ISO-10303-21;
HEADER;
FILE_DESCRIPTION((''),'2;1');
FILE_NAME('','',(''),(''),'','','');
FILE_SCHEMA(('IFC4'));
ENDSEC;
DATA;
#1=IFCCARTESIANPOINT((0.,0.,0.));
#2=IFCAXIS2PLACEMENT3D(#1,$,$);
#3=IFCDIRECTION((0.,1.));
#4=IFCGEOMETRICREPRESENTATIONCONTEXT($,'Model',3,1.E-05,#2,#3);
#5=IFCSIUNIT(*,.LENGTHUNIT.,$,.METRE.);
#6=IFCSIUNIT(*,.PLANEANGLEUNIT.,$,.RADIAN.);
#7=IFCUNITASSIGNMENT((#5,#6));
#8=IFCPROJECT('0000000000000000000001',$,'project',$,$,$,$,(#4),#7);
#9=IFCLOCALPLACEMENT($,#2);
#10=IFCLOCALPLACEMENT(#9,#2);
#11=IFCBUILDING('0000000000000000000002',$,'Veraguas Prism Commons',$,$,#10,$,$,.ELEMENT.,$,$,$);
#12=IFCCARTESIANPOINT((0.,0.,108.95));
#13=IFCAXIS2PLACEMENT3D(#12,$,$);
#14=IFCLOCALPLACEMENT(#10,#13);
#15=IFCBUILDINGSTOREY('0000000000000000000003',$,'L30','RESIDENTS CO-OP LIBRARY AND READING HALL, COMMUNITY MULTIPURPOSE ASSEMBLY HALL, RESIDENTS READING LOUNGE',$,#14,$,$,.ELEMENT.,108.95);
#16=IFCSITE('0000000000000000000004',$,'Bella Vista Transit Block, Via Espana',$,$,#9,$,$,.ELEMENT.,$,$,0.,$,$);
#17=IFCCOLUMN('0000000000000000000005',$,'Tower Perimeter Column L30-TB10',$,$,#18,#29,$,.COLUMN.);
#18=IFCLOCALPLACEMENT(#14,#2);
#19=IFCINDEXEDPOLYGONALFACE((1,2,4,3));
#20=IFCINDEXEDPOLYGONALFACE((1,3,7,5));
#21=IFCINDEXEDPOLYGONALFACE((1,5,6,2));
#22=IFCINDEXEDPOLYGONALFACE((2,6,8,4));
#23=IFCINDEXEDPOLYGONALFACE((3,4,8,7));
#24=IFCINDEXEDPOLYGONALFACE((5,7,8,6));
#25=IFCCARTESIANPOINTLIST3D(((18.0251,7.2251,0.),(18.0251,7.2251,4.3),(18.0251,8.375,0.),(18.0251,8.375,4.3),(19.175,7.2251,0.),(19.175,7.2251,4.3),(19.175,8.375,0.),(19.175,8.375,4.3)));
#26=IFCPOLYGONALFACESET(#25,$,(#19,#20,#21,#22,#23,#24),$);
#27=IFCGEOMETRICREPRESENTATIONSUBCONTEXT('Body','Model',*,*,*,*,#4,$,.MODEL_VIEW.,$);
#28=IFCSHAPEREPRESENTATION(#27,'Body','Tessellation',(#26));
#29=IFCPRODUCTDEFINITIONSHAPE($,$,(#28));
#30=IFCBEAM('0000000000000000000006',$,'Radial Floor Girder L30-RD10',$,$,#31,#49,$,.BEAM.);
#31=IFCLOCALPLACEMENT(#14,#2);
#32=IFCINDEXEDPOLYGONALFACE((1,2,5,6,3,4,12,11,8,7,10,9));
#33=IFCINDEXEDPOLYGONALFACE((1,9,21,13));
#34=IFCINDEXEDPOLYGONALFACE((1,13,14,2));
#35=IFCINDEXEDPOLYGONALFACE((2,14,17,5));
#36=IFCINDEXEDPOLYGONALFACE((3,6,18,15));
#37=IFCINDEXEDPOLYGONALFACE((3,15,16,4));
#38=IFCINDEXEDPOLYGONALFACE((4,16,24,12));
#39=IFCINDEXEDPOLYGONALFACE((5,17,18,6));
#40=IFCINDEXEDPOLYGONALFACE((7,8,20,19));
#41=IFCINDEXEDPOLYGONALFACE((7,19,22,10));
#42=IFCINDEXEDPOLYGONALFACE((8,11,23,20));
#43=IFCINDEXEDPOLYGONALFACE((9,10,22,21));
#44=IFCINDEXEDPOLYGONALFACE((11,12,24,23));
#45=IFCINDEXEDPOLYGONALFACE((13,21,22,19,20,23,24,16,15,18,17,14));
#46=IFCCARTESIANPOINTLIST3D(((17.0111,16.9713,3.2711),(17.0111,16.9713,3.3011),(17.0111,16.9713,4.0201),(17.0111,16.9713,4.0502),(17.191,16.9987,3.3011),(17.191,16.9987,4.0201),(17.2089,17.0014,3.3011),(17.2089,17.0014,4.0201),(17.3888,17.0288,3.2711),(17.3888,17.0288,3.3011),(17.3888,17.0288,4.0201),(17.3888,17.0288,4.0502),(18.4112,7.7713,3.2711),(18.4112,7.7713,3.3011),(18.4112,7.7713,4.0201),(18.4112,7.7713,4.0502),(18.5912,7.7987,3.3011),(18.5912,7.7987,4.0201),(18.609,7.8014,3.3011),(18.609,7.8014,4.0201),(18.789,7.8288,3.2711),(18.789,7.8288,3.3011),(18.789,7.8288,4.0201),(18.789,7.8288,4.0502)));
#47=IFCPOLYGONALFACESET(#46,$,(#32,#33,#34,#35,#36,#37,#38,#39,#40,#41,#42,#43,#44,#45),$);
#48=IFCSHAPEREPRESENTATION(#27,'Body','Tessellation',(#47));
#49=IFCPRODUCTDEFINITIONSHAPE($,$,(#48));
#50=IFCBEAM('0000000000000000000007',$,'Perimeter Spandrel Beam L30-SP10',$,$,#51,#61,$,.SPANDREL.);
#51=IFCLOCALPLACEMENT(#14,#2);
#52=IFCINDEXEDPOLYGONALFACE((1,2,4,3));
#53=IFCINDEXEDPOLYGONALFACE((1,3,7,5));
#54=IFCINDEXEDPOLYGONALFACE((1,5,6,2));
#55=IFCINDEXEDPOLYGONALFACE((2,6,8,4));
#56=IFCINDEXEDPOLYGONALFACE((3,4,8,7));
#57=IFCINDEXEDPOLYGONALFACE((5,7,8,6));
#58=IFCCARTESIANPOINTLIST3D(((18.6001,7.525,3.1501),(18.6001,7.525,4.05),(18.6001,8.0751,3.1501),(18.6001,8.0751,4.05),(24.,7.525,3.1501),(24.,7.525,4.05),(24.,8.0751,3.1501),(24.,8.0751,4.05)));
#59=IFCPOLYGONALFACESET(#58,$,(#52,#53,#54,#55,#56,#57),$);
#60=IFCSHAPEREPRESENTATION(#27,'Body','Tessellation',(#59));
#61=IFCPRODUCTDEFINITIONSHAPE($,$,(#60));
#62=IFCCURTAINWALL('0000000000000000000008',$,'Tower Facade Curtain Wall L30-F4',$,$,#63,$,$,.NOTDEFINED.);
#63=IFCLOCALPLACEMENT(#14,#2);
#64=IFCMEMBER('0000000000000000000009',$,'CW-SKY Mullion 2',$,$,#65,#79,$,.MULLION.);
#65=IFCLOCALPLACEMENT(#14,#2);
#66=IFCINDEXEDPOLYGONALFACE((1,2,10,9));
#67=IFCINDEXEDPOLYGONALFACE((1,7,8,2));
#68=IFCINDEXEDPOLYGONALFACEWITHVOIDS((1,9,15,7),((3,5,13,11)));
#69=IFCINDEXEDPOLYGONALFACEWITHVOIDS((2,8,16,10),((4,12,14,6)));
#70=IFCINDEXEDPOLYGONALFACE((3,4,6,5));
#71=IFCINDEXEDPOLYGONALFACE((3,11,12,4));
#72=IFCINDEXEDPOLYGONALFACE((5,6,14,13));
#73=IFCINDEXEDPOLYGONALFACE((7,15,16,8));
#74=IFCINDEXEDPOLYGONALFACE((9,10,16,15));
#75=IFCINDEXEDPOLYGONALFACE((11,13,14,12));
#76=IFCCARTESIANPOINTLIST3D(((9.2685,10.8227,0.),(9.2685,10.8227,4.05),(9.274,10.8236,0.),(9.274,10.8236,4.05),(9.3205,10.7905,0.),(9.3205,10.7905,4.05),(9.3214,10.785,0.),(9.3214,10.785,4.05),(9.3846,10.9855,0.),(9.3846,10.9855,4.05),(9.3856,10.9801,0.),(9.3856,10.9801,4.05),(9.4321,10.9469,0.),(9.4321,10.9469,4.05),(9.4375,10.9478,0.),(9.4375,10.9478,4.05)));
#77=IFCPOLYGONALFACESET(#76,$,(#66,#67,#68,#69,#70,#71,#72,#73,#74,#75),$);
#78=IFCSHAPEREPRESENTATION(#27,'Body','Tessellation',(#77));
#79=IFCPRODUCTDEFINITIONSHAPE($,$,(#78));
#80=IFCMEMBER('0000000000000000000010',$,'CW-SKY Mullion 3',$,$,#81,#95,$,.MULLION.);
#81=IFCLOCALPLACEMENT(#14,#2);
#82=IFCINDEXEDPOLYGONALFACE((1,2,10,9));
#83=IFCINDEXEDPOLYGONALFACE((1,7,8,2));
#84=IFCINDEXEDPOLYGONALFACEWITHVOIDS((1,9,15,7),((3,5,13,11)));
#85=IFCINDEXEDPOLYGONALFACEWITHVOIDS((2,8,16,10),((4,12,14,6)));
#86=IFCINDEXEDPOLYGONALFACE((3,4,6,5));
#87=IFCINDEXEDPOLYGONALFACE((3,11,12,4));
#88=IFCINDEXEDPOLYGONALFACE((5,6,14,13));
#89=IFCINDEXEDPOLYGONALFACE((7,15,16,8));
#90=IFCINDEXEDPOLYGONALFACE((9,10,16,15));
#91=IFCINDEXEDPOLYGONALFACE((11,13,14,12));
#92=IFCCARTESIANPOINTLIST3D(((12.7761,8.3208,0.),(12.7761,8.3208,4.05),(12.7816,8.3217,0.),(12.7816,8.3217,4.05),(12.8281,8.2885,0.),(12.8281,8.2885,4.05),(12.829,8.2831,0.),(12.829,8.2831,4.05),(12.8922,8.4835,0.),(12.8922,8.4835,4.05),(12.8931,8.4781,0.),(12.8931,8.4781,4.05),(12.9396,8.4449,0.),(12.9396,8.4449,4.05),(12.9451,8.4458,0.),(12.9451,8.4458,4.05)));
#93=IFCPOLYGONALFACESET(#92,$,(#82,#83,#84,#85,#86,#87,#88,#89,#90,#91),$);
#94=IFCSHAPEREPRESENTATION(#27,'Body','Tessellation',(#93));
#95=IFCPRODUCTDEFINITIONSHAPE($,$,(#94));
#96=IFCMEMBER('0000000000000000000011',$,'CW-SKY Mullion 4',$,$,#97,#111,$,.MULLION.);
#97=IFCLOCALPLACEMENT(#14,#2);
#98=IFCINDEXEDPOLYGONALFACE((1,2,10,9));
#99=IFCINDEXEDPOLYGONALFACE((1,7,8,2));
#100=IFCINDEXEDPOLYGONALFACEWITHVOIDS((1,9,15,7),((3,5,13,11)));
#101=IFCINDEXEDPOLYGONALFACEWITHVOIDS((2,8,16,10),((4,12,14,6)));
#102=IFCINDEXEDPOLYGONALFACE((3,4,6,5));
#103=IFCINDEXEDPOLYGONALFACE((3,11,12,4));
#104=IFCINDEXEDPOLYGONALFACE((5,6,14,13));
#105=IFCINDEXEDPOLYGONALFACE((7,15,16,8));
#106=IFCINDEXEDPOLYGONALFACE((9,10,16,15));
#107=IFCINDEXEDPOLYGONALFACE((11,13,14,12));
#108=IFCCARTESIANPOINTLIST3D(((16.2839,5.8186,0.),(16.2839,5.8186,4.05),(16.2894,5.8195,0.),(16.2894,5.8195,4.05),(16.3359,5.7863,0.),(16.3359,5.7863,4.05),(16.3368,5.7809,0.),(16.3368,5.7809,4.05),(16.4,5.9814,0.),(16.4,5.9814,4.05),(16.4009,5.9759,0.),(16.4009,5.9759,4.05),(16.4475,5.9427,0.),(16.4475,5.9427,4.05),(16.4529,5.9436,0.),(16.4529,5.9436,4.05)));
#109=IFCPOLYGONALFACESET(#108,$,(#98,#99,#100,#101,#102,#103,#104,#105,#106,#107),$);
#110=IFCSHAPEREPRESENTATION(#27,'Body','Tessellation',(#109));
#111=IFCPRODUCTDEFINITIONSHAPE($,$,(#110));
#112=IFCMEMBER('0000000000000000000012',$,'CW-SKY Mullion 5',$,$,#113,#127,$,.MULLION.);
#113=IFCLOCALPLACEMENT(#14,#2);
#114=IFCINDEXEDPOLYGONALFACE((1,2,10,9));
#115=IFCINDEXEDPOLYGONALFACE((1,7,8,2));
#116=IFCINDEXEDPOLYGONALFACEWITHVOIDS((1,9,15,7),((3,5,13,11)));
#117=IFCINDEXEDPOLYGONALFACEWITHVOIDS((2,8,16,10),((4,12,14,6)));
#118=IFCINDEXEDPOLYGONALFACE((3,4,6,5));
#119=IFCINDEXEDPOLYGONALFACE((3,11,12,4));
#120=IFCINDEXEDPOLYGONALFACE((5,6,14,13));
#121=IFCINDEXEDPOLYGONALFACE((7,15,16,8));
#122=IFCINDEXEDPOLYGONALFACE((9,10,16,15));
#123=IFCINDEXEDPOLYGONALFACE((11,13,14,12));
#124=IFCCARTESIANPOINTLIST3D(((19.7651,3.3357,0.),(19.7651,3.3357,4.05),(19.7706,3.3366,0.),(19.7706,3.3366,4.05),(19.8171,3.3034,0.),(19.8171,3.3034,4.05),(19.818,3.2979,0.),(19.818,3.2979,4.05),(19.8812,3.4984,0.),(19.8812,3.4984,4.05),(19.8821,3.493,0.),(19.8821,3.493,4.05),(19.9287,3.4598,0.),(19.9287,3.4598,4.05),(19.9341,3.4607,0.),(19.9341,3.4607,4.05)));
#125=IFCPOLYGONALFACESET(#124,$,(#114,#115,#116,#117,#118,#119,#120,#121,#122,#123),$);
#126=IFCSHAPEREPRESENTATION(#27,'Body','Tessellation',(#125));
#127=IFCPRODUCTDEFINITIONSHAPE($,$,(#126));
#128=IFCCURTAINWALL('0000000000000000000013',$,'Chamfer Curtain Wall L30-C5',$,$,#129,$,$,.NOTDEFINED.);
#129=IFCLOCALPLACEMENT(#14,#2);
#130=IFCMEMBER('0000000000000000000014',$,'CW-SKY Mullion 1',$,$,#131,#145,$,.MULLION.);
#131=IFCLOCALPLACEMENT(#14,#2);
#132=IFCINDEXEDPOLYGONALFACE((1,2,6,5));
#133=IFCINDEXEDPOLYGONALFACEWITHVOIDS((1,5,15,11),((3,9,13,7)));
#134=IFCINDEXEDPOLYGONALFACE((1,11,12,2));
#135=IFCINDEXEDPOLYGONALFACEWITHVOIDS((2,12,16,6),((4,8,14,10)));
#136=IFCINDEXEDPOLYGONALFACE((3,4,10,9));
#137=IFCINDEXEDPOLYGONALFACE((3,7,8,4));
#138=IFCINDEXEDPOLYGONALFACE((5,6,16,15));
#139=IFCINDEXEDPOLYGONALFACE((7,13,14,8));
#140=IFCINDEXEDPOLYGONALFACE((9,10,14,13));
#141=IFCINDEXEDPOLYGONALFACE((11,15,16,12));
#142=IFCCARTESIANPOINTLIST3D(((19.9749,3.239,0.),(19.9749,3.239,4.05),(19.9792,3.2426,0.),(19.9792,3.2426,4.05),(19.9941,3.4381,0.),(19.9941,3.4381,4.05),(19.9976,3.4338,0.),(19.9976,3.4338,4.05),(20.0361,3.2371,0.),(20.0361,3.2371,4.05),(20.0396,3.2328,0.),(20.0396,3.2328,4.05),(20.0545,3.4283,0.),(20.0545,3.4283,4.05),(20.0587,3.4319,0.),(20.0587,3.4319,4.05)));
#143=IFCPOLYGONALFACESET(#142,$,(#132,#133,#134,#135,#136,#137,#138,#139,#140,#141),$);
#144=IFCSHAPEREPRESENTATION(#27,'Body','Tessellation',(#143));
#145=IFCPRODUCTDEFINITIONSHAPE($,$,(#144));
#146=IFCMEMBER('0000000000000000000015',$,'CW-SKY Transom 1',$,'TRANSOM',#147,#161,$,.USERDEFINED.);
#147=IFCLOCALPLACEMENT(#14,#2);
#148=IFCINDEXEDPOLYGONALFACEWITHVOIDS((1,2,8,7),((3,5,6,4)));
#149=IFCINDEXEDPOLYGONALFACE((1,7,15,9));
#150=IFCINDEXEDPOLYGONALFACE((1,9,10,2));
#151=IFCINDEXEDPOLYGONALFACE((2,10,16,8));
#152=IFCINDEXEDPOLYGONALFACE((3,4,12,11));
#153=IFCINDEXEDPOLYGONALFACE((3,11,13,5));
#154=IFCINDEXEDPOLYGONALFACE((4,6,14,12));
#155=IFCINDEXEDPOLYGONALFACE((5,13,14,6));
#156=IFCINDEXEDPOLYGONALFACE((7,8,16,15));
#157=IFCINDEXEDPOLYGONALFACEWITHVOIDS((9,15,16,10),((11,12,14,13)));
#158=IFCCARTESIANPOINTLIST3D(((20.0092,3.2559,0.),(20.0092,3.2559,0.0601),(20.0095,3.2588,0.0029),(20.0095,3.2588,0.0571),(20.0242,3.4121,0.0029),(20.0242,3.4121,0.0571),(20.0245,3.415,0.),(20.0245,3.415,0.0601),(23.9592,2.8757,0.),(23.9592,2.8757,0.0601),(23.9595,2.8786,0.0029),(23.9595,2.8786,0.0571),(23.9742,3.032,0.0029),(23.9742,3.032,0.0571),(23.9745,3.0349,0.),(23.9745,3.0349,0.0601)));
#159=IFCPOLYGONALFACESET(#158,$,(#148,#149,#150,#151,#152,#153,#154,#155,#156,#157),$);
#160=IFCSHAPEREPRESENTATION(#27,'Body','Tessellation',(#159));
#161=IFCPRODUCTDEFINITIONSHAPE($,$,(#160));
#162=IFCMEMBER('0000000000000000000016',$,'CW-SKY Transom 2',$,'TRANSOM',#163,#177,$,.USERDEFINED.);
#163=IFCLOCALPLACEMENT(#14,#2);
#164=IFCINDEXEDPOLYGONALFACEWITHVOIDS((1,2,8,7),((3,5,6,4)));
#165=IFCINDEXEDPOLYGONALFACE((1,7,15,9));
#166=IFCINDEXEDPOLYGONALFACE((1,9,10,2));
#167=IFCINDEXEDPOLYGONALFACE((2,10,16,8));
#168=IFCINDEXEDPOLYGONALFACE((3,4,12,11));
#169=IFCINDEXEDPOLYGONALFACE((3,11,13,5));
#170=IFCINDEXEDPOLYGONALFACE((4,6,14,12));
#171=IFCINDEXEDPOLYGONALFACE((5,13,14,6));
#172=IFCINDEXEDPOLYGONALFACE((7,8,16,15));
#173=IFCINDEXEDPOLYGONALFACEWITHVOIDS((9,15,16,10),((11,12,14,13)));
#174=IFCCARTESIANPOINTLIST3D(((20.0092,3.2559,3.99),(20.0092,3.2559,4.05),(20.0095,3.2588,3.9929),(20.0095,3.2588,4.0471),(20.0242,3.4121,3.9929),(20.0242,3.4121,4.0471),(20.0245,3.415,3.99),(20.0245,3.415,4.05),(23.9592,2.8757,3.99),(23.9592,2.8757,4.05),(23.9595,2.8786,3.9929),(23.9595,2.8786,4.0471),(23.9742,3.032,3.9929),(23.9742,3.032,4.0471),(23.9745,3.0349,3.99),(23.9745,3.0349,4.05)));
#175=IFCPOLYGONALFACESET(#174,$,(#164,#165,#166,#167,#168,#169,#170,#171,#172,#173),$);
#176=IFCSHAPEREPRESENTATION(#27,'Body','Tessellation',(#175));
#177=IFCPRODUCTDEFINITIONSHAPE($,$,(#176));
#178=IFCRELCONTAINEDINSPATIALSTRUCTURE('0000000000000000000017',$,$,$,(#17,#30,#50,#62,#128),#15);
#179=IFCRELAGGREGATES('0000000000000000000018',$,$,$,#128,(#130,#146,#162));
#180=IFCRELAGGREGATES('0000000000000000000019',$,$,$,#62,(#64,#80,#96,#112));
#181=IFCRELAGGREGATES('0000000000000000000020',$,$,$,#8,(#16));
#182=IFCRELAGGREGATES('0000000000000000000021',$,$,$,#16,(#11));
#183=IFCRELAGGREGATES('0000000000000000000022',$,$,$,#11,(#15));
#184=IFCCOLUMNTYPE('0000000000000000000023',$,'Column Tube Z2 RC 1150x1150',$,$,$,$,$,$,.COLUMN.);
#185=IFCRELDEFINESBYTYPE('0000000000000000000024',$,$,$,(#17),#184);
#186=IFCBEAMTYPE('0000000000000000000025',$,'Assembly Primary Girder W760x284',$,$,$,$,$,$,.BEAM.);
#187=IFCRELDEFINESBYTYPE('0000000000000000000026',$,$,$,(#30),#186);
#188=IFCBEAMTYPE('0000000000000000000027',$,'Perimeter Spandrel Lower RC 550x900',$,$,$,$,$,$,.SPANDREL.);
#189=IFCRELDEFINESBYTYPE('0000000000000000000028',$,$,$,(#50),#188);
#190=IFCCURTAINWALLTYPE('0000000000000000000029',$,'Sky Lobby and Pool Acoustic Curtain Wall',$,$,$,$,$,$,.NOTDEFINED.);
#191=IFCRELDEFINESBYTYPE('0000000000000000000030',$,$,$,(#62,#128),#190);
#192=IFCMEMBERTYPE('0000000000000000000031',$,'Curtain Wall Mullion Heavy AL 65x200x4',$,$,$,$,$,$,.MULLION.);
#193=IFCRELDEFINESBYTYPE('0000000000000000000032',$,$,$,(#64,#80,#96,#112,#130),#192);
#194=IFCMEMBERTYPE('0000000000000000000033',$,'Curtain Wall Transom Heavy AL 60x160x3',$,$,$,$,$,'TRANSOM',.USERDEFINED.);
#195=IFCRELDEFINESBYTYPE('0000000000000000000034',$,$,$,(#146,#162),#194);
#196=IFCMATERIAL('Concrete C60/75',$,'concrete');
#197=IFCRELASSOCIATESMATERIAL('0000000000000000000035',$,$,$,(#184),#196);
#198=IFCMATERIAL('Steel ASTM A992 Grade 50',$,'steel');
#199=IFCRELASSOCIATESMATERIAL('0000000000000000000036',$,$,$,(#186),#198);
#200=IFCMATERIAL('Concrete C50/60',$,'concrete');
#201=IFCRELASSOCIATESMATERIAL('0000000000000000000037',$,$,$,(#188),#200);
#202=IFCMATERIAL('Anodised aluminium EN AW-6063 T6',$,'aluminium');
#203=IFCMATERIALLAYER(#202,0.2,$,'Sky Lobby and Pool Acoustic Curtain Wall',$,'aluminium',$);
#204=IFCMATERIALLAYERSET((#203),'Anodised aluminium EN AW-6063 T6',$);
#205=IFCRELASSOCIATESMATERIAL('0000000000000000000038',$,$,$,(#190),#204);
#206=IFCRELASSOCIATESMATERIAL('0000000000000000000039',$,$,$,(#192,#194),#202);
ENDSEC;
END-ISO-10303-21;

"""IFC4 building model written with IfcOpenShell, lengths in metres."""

from ifc_helpers import new_model, si_unit, direction, frame, origin, origin_2d, place, context, subcontext, project, spatial, rectangle, hollow_rectangle, i_section, extrude, source, transform, mapped, material, layer, layer_set, material_profile, profile_set, type_object, element, aggregate, save


model = new_model("IFC4")

# Units and contexts
model_context = context("Model", 3, precision=1e-05, world=origin(), true_north=direction((0.0, 1.0)))
body_context = subcontext(model_context, "Body", "Model", "MODEL_VIEW")
ifc_project = project(units=[si_unit("LENGTHUNIT", "METRE"), si_unit("PLANEANGLEUNIT", "RADIAN")], contexts=[model_context])

# Site, building, storey
site_placement = place(None, origin())
site = spatial("IfcSite", under=ifc_project, at=site_placement, Name="Bella Vista Transit Block, Via Espana", CompositionType="ELEMENT", RefElevation=0.0)
building_placement = place(site_placement, origin())
building = spatial("IfcBuilding", under=site, at=building_placement, Name="Veraguas Prism Commons", CompositionType="ELEMENT")
storey_placement = place(building_placement, frame((0.0, 0.0, 108.95)))
storey = spatial("IfcBuildingStorey", under=building, at=storey_placement, Name="L30", Description="RESIDENTS CO-OP LIBRARY AND READING HALL, COMMUNITY MULTIPURPOSE ASSEMBLY HALL, RESIDENTS READING LOUNGE", CompositionType="ELEMENT", Elevation=108.95)

# Column
ifc_material_1 = material(Name="Concrete C60/75", Category="concrete")
ifc_material_profile_1 = material_profile(ifc_material_1, rectangle(XDim=1.1499, YDim=1.1499, at=origin_2d()), Name="RC1150X1150")
ifc_profile_set_1 = profile_set([ifc_material_profile_1], Name="Concrete C60/75")
column_type = type_object("IfcColumnType", Name="Column Tube Z2 RC 1150x1150", PredefinedType="COLUMN", material=ifc_profile_set_1)
column_placement = place(storey_placement, frame((18.6001, 7.8, 0.0), z_axis=(0.0, 0.0, 1.0), x_axis=(1.0, 0.0, 0.0)))
element("IfcColumn", 1, at=column_placement, inside=storey, type_object=column_type, Name="Tower Perimeter Column L30-TB10", PredefinedType="COLUMN", context=body_context, shape_type="SweptSolid", body=[
    extrude(rectangle(XDim=1.1499, YDim=1.1499, at=origin_2d()), origin(), (0.0, 0.0, 1.0), 4.3),
])

# Beams
ifc_material_2 = material(Name="Steel ASTM A992 Grade 50", Category="steel")
ifc_material_profile_2 = material_profile(ifc_material_2, i_section(OverallWidth=0.3821, OverallDepth=0.7791, WebThickness=0.0181, FlangeThickness=0.03, at=origin_2d()), Name="W760X284")
ifc_profile_set_2 = profile_set([ifc_material_profile_2], Name="Steel ASTM A992 Grade 50")
beam_type_1 = type_object("IfcBeamType", Name="Assembly Primary Girder W760x284", PredefinedType="BEAM", material=ifc_profile_set_2)
beam_1_placement = place(storey_placement, frame((18.6001, 7.8, 3.6606), z_axis=(-0.150458, 0.988616, 0.0), x_axis=(-0.988616, -0.150458, 0.0)))
element("IfcBeam", 2, at=beam_1_placement, inside=storey, type_object=beam_type_1, Name="Radial Floor Girder L30-RD10", PredefinedType="BEAM", context=body_context, shape_type="SweptSolid", body=[
    extrude(i_section(OverallWidth=0.3821, OverallDepth=0.7791, WebThickness=0.0181, FlangeThickness=0.03, at=origin_2d()), origin(), (0.0, 0.0, 1.0), 9.3059),
])
ifc_material_3 = material(Name="Concrete C50/60", Category="concrete")
ifc_material_profile_3 = material_profile(ifc_material_3, rectangle(XDim=0.55, YDim=0.8999, at=origin_2d()), Name="RC550X900")
ifc_profile_set_3 = profile_set([ifc_material_profile_3], Name="Concrete C50/60")
beam_type_2 = type_object("IfcBeamType", Name="Perimeter Spandrel Lower RC 550x900", PredefinedType="SPANDREL", material=ifc_profile_set_3)
beam_2_placement = place(storey_placement, frame((18.6001, 7.8, 3.6001), z_axis=(1.0, 0.0, 0.0), x_axis=(0.0, 1.0, 0.0)))
element("IfcBeam", 3, at=beam_2_placement, inside=storey, type_object=beam_type_2, Name="Perimeter Spandrel Beam L30-SP10", PredefinedType="SPANDREL", context=body_context, shape_type="SweptSolid", body=[
    extrude(rectangle(XDim=0.55, YDim=0.8999, at=origin_2d()), origin(), (0.0, 0.0, 1.0), 5.3999),
])

# Curtain walls, members
ifc_material_4 = material(Name="Anodised aluminium EN AW-6063 T6", Category="aluminium")
ifc_layer_1 = layer(ifc_material_4, 0.2, Name="Sky Lobby and Pool Acoustic Curtain Wall", Category="aluminium")
ifc_layer_set_1 = layer_set([ifc_layer_1], Name="Anodised aluminium EN AW-6063 T6")
curtain_wall_type = type_object("IfcCurtainWallType", Name="Sky Lobby and Pool Acoustic Curtain Wall", PredefinedType="NOTDEFINED", material=ifc_layer_set_1)
curtain_wall_1_placement = place(storey_placement, origin())
curtain_wall_1 = element("IfcCurtainWall", 4, at=curtain_wall_1_placement, inside=storey, type_object=curtain_wall_type, Name="Tower Facade Curtain Wall L30-F4", PredefinedType="NOTDEFINED")
ifc_material_profile_4 = material_profile(ifc_material_4, hollow_rectangle(XDim=0.0649, YDim=0.2, WallThickness=0.0039, at=origin_2d()), Name="AL65X200X4")
ifc_profile_set_4 = profile_set([ifc_material_profile_4], Name="Anodised aluminium EN AW-6063 T6")
member_type_1 = type_object("IfcMemberType", Name="Curtain Wall Mullion Heavy AL 65x200x4", PredefinedType="MULLION", material=ifc_profile_set_4)
shared_shape_1 = source(origin(), body_context, "Body", "SweptSolid", [
    extrude(hollow_rectangle(XDim=0.0649, YDim=0.2, WallThickness=0.0039, at=origin_2d()), origin(), (0.0, 0.0, 1.0), 4.05),
])
member_1_placement = place(storey_placement, frame((9.353, 10.8853, 0.0), z_axis=(0.0, 0.0, 1.0), x_axis=(0.814115, -0.580704, 0.0)))
member_1 = element("IfcMember", 5, at=member_1_placement, type_object=member_type_1, Name="CW-SKY Mullion 2", PredefinedType="MULLION", context=body_context, shape_type="MappedRepresentation", body=[
    mapped(shared_shape_1, transform((0.0, 0.0, 0.0), scale=1.0)),
])
member_2_placement = place(storey_placement, frame((12.8606, 8.3833, 0.0), z_axis=(0.0, 0.0, 1.0), x_axis=(0.814115, -0.580704, 0.0)))
member_2 = element("IfcMember", 6, at=member_2_placement, type_object=member_type_1, Name="CW-SKY Mullion 3", PredefinedType="MULLION", context=body_context, shape_type="MappedRepresentation", body=[
    mapped(shared_shape_1, transform((0.0, 0.0, 0.0), scale=1.0)),
])
member_3_placement = place(storey_placement, frame((16.3684, 5.8811, 0.0), z_axis=(0.0, 0.0, 1.0), x_axis=(0.814115, -0.580704, 0.0)))
member_3 = element("IfcMember", 7, at=member_3_placement, type_object=member_type_1, Name="CW-SKY Mullion 4", PredefinedType="MULLION", context=body_context, shape_type="MappedRepresentation", body=[
    mapped(shared_shape_1, transform((0.0, 0.0, 0.0), scale=1.0)),
])
member_4_placement = place(storey_placement, frame((19.8496, 3.3982, 0.0), z_axis=(0.0, 0.0, 1.0), x_axis=(0.814115, -0.580704, 0.0)))
member_4 = element("IfcMember", 8, at=member_4_placement, type_object=member_type_1, Name="CW-SKY Mullion 5", PredefinedType="MULLION", context=body_context, shape_type="MappedRepresentation", body=[
    mapped(shared_shape_1, transform((0.0, 0.0, 0.0), scale=1.0)),
])
curtain_wall_2_placement = place(storey_placement, origin())
curtain_wall_2 = element("IfcCurtainWall", 9, at=curtain_wall_2_placement, inside=storey, type_object=curtain_wall_type, Name="Chamfer Curtain Wall L30-C5", PredefinedType="NOTDEFINED")
member_5_placement = place(storey_placement, frame((20.0168, 3.3354, 0.0), z_axis=(0.0, 0.0, 1.0), x_axis=(0.995398, -0.09583, 0.0)))
member_5 = element("IfcMember", 10, at=member_5_placement, type_object=member_type_1, Name="CW-SKY Mullion 1", PredefinedType="MULLION", context=body_context, shape_type="MappedRepresentation", body=[
    mapped(shared_shape_1, transform((0.0, 0.0, 0.0), scale=1.0)),
])
ifc_material_profile_5 = material_profile(ifc_material_4, hollow_rectangle(XDim=0.0601, YDim=0.1599, WallThickness=0.0029, at=origin_2d()), Name="AL60X160X3")
ifc_profile_set_5 = profile_set([ifc_material_profile_5], Name="Anodised aluminium EN AW-6063 T6")
member_type_2 = type_object("IfcMemberType", Name="Curtain Wall Transom Heavy AL 60x160x3", ElementType="TRANSOM", PredefinedType="USERDEFINED", material=ifc_profile_set_5)
shared_shape_2 = source(origin(), body_context, "Body", "SweptSolid", [
    extrude(hollow_rectangle(XDim=0.0601, YDim=0.1599, WallThickness=0.0029, at=origin_2d()), origin(), (0.0, 0.0, 1.0), 3.9683),
])
member_6_placement = place(storey_placement, frame((20.0168, 3.3354, 0.03), z_axis=(0.995401, -0.095793, 0.0), x_axis=(0.0, 0.0, 1.0)))
member_6 = element("IfcMember", 11, at=member_6_placement, type_object=member_type_2, Name="CW-SKY Transom 1", ObjectType="TRANSOM", PredefinedType="USERDEFINED", context=body_context, shape_type="MappedRepresentation", body=[
    mapped(shared_shape_2, transform((0.0, 0.0, 0.0), scale=1.0)),
])
member_7_placement = place(storey_placement, frame((20.0168, 3.3354, 4.02), z_axis=(0.995401, -0.095793, 0.0), x_axis=(0.0, 0.0, 1.0)))
member_7 = element("IfcMember", 12, at=member_7_placement, type_object=member_type_2, Name="CW-SKY Transom 2", ObjectType="TRANSOM", PredefinedType="USERDEFINED", context=body_context, shape_type="MappedRepresentation", body=[
    mapped(shared_shape_2, transform((0.0, 0.0, 0.0), scale=1.0)),
])
aggregate(curtain_wall_2, [member_5, member_6, member_7])

aggregate(curtain_wall_1, [member_1, member_2, member_3, member_4])

save(model, "model.ifc")
